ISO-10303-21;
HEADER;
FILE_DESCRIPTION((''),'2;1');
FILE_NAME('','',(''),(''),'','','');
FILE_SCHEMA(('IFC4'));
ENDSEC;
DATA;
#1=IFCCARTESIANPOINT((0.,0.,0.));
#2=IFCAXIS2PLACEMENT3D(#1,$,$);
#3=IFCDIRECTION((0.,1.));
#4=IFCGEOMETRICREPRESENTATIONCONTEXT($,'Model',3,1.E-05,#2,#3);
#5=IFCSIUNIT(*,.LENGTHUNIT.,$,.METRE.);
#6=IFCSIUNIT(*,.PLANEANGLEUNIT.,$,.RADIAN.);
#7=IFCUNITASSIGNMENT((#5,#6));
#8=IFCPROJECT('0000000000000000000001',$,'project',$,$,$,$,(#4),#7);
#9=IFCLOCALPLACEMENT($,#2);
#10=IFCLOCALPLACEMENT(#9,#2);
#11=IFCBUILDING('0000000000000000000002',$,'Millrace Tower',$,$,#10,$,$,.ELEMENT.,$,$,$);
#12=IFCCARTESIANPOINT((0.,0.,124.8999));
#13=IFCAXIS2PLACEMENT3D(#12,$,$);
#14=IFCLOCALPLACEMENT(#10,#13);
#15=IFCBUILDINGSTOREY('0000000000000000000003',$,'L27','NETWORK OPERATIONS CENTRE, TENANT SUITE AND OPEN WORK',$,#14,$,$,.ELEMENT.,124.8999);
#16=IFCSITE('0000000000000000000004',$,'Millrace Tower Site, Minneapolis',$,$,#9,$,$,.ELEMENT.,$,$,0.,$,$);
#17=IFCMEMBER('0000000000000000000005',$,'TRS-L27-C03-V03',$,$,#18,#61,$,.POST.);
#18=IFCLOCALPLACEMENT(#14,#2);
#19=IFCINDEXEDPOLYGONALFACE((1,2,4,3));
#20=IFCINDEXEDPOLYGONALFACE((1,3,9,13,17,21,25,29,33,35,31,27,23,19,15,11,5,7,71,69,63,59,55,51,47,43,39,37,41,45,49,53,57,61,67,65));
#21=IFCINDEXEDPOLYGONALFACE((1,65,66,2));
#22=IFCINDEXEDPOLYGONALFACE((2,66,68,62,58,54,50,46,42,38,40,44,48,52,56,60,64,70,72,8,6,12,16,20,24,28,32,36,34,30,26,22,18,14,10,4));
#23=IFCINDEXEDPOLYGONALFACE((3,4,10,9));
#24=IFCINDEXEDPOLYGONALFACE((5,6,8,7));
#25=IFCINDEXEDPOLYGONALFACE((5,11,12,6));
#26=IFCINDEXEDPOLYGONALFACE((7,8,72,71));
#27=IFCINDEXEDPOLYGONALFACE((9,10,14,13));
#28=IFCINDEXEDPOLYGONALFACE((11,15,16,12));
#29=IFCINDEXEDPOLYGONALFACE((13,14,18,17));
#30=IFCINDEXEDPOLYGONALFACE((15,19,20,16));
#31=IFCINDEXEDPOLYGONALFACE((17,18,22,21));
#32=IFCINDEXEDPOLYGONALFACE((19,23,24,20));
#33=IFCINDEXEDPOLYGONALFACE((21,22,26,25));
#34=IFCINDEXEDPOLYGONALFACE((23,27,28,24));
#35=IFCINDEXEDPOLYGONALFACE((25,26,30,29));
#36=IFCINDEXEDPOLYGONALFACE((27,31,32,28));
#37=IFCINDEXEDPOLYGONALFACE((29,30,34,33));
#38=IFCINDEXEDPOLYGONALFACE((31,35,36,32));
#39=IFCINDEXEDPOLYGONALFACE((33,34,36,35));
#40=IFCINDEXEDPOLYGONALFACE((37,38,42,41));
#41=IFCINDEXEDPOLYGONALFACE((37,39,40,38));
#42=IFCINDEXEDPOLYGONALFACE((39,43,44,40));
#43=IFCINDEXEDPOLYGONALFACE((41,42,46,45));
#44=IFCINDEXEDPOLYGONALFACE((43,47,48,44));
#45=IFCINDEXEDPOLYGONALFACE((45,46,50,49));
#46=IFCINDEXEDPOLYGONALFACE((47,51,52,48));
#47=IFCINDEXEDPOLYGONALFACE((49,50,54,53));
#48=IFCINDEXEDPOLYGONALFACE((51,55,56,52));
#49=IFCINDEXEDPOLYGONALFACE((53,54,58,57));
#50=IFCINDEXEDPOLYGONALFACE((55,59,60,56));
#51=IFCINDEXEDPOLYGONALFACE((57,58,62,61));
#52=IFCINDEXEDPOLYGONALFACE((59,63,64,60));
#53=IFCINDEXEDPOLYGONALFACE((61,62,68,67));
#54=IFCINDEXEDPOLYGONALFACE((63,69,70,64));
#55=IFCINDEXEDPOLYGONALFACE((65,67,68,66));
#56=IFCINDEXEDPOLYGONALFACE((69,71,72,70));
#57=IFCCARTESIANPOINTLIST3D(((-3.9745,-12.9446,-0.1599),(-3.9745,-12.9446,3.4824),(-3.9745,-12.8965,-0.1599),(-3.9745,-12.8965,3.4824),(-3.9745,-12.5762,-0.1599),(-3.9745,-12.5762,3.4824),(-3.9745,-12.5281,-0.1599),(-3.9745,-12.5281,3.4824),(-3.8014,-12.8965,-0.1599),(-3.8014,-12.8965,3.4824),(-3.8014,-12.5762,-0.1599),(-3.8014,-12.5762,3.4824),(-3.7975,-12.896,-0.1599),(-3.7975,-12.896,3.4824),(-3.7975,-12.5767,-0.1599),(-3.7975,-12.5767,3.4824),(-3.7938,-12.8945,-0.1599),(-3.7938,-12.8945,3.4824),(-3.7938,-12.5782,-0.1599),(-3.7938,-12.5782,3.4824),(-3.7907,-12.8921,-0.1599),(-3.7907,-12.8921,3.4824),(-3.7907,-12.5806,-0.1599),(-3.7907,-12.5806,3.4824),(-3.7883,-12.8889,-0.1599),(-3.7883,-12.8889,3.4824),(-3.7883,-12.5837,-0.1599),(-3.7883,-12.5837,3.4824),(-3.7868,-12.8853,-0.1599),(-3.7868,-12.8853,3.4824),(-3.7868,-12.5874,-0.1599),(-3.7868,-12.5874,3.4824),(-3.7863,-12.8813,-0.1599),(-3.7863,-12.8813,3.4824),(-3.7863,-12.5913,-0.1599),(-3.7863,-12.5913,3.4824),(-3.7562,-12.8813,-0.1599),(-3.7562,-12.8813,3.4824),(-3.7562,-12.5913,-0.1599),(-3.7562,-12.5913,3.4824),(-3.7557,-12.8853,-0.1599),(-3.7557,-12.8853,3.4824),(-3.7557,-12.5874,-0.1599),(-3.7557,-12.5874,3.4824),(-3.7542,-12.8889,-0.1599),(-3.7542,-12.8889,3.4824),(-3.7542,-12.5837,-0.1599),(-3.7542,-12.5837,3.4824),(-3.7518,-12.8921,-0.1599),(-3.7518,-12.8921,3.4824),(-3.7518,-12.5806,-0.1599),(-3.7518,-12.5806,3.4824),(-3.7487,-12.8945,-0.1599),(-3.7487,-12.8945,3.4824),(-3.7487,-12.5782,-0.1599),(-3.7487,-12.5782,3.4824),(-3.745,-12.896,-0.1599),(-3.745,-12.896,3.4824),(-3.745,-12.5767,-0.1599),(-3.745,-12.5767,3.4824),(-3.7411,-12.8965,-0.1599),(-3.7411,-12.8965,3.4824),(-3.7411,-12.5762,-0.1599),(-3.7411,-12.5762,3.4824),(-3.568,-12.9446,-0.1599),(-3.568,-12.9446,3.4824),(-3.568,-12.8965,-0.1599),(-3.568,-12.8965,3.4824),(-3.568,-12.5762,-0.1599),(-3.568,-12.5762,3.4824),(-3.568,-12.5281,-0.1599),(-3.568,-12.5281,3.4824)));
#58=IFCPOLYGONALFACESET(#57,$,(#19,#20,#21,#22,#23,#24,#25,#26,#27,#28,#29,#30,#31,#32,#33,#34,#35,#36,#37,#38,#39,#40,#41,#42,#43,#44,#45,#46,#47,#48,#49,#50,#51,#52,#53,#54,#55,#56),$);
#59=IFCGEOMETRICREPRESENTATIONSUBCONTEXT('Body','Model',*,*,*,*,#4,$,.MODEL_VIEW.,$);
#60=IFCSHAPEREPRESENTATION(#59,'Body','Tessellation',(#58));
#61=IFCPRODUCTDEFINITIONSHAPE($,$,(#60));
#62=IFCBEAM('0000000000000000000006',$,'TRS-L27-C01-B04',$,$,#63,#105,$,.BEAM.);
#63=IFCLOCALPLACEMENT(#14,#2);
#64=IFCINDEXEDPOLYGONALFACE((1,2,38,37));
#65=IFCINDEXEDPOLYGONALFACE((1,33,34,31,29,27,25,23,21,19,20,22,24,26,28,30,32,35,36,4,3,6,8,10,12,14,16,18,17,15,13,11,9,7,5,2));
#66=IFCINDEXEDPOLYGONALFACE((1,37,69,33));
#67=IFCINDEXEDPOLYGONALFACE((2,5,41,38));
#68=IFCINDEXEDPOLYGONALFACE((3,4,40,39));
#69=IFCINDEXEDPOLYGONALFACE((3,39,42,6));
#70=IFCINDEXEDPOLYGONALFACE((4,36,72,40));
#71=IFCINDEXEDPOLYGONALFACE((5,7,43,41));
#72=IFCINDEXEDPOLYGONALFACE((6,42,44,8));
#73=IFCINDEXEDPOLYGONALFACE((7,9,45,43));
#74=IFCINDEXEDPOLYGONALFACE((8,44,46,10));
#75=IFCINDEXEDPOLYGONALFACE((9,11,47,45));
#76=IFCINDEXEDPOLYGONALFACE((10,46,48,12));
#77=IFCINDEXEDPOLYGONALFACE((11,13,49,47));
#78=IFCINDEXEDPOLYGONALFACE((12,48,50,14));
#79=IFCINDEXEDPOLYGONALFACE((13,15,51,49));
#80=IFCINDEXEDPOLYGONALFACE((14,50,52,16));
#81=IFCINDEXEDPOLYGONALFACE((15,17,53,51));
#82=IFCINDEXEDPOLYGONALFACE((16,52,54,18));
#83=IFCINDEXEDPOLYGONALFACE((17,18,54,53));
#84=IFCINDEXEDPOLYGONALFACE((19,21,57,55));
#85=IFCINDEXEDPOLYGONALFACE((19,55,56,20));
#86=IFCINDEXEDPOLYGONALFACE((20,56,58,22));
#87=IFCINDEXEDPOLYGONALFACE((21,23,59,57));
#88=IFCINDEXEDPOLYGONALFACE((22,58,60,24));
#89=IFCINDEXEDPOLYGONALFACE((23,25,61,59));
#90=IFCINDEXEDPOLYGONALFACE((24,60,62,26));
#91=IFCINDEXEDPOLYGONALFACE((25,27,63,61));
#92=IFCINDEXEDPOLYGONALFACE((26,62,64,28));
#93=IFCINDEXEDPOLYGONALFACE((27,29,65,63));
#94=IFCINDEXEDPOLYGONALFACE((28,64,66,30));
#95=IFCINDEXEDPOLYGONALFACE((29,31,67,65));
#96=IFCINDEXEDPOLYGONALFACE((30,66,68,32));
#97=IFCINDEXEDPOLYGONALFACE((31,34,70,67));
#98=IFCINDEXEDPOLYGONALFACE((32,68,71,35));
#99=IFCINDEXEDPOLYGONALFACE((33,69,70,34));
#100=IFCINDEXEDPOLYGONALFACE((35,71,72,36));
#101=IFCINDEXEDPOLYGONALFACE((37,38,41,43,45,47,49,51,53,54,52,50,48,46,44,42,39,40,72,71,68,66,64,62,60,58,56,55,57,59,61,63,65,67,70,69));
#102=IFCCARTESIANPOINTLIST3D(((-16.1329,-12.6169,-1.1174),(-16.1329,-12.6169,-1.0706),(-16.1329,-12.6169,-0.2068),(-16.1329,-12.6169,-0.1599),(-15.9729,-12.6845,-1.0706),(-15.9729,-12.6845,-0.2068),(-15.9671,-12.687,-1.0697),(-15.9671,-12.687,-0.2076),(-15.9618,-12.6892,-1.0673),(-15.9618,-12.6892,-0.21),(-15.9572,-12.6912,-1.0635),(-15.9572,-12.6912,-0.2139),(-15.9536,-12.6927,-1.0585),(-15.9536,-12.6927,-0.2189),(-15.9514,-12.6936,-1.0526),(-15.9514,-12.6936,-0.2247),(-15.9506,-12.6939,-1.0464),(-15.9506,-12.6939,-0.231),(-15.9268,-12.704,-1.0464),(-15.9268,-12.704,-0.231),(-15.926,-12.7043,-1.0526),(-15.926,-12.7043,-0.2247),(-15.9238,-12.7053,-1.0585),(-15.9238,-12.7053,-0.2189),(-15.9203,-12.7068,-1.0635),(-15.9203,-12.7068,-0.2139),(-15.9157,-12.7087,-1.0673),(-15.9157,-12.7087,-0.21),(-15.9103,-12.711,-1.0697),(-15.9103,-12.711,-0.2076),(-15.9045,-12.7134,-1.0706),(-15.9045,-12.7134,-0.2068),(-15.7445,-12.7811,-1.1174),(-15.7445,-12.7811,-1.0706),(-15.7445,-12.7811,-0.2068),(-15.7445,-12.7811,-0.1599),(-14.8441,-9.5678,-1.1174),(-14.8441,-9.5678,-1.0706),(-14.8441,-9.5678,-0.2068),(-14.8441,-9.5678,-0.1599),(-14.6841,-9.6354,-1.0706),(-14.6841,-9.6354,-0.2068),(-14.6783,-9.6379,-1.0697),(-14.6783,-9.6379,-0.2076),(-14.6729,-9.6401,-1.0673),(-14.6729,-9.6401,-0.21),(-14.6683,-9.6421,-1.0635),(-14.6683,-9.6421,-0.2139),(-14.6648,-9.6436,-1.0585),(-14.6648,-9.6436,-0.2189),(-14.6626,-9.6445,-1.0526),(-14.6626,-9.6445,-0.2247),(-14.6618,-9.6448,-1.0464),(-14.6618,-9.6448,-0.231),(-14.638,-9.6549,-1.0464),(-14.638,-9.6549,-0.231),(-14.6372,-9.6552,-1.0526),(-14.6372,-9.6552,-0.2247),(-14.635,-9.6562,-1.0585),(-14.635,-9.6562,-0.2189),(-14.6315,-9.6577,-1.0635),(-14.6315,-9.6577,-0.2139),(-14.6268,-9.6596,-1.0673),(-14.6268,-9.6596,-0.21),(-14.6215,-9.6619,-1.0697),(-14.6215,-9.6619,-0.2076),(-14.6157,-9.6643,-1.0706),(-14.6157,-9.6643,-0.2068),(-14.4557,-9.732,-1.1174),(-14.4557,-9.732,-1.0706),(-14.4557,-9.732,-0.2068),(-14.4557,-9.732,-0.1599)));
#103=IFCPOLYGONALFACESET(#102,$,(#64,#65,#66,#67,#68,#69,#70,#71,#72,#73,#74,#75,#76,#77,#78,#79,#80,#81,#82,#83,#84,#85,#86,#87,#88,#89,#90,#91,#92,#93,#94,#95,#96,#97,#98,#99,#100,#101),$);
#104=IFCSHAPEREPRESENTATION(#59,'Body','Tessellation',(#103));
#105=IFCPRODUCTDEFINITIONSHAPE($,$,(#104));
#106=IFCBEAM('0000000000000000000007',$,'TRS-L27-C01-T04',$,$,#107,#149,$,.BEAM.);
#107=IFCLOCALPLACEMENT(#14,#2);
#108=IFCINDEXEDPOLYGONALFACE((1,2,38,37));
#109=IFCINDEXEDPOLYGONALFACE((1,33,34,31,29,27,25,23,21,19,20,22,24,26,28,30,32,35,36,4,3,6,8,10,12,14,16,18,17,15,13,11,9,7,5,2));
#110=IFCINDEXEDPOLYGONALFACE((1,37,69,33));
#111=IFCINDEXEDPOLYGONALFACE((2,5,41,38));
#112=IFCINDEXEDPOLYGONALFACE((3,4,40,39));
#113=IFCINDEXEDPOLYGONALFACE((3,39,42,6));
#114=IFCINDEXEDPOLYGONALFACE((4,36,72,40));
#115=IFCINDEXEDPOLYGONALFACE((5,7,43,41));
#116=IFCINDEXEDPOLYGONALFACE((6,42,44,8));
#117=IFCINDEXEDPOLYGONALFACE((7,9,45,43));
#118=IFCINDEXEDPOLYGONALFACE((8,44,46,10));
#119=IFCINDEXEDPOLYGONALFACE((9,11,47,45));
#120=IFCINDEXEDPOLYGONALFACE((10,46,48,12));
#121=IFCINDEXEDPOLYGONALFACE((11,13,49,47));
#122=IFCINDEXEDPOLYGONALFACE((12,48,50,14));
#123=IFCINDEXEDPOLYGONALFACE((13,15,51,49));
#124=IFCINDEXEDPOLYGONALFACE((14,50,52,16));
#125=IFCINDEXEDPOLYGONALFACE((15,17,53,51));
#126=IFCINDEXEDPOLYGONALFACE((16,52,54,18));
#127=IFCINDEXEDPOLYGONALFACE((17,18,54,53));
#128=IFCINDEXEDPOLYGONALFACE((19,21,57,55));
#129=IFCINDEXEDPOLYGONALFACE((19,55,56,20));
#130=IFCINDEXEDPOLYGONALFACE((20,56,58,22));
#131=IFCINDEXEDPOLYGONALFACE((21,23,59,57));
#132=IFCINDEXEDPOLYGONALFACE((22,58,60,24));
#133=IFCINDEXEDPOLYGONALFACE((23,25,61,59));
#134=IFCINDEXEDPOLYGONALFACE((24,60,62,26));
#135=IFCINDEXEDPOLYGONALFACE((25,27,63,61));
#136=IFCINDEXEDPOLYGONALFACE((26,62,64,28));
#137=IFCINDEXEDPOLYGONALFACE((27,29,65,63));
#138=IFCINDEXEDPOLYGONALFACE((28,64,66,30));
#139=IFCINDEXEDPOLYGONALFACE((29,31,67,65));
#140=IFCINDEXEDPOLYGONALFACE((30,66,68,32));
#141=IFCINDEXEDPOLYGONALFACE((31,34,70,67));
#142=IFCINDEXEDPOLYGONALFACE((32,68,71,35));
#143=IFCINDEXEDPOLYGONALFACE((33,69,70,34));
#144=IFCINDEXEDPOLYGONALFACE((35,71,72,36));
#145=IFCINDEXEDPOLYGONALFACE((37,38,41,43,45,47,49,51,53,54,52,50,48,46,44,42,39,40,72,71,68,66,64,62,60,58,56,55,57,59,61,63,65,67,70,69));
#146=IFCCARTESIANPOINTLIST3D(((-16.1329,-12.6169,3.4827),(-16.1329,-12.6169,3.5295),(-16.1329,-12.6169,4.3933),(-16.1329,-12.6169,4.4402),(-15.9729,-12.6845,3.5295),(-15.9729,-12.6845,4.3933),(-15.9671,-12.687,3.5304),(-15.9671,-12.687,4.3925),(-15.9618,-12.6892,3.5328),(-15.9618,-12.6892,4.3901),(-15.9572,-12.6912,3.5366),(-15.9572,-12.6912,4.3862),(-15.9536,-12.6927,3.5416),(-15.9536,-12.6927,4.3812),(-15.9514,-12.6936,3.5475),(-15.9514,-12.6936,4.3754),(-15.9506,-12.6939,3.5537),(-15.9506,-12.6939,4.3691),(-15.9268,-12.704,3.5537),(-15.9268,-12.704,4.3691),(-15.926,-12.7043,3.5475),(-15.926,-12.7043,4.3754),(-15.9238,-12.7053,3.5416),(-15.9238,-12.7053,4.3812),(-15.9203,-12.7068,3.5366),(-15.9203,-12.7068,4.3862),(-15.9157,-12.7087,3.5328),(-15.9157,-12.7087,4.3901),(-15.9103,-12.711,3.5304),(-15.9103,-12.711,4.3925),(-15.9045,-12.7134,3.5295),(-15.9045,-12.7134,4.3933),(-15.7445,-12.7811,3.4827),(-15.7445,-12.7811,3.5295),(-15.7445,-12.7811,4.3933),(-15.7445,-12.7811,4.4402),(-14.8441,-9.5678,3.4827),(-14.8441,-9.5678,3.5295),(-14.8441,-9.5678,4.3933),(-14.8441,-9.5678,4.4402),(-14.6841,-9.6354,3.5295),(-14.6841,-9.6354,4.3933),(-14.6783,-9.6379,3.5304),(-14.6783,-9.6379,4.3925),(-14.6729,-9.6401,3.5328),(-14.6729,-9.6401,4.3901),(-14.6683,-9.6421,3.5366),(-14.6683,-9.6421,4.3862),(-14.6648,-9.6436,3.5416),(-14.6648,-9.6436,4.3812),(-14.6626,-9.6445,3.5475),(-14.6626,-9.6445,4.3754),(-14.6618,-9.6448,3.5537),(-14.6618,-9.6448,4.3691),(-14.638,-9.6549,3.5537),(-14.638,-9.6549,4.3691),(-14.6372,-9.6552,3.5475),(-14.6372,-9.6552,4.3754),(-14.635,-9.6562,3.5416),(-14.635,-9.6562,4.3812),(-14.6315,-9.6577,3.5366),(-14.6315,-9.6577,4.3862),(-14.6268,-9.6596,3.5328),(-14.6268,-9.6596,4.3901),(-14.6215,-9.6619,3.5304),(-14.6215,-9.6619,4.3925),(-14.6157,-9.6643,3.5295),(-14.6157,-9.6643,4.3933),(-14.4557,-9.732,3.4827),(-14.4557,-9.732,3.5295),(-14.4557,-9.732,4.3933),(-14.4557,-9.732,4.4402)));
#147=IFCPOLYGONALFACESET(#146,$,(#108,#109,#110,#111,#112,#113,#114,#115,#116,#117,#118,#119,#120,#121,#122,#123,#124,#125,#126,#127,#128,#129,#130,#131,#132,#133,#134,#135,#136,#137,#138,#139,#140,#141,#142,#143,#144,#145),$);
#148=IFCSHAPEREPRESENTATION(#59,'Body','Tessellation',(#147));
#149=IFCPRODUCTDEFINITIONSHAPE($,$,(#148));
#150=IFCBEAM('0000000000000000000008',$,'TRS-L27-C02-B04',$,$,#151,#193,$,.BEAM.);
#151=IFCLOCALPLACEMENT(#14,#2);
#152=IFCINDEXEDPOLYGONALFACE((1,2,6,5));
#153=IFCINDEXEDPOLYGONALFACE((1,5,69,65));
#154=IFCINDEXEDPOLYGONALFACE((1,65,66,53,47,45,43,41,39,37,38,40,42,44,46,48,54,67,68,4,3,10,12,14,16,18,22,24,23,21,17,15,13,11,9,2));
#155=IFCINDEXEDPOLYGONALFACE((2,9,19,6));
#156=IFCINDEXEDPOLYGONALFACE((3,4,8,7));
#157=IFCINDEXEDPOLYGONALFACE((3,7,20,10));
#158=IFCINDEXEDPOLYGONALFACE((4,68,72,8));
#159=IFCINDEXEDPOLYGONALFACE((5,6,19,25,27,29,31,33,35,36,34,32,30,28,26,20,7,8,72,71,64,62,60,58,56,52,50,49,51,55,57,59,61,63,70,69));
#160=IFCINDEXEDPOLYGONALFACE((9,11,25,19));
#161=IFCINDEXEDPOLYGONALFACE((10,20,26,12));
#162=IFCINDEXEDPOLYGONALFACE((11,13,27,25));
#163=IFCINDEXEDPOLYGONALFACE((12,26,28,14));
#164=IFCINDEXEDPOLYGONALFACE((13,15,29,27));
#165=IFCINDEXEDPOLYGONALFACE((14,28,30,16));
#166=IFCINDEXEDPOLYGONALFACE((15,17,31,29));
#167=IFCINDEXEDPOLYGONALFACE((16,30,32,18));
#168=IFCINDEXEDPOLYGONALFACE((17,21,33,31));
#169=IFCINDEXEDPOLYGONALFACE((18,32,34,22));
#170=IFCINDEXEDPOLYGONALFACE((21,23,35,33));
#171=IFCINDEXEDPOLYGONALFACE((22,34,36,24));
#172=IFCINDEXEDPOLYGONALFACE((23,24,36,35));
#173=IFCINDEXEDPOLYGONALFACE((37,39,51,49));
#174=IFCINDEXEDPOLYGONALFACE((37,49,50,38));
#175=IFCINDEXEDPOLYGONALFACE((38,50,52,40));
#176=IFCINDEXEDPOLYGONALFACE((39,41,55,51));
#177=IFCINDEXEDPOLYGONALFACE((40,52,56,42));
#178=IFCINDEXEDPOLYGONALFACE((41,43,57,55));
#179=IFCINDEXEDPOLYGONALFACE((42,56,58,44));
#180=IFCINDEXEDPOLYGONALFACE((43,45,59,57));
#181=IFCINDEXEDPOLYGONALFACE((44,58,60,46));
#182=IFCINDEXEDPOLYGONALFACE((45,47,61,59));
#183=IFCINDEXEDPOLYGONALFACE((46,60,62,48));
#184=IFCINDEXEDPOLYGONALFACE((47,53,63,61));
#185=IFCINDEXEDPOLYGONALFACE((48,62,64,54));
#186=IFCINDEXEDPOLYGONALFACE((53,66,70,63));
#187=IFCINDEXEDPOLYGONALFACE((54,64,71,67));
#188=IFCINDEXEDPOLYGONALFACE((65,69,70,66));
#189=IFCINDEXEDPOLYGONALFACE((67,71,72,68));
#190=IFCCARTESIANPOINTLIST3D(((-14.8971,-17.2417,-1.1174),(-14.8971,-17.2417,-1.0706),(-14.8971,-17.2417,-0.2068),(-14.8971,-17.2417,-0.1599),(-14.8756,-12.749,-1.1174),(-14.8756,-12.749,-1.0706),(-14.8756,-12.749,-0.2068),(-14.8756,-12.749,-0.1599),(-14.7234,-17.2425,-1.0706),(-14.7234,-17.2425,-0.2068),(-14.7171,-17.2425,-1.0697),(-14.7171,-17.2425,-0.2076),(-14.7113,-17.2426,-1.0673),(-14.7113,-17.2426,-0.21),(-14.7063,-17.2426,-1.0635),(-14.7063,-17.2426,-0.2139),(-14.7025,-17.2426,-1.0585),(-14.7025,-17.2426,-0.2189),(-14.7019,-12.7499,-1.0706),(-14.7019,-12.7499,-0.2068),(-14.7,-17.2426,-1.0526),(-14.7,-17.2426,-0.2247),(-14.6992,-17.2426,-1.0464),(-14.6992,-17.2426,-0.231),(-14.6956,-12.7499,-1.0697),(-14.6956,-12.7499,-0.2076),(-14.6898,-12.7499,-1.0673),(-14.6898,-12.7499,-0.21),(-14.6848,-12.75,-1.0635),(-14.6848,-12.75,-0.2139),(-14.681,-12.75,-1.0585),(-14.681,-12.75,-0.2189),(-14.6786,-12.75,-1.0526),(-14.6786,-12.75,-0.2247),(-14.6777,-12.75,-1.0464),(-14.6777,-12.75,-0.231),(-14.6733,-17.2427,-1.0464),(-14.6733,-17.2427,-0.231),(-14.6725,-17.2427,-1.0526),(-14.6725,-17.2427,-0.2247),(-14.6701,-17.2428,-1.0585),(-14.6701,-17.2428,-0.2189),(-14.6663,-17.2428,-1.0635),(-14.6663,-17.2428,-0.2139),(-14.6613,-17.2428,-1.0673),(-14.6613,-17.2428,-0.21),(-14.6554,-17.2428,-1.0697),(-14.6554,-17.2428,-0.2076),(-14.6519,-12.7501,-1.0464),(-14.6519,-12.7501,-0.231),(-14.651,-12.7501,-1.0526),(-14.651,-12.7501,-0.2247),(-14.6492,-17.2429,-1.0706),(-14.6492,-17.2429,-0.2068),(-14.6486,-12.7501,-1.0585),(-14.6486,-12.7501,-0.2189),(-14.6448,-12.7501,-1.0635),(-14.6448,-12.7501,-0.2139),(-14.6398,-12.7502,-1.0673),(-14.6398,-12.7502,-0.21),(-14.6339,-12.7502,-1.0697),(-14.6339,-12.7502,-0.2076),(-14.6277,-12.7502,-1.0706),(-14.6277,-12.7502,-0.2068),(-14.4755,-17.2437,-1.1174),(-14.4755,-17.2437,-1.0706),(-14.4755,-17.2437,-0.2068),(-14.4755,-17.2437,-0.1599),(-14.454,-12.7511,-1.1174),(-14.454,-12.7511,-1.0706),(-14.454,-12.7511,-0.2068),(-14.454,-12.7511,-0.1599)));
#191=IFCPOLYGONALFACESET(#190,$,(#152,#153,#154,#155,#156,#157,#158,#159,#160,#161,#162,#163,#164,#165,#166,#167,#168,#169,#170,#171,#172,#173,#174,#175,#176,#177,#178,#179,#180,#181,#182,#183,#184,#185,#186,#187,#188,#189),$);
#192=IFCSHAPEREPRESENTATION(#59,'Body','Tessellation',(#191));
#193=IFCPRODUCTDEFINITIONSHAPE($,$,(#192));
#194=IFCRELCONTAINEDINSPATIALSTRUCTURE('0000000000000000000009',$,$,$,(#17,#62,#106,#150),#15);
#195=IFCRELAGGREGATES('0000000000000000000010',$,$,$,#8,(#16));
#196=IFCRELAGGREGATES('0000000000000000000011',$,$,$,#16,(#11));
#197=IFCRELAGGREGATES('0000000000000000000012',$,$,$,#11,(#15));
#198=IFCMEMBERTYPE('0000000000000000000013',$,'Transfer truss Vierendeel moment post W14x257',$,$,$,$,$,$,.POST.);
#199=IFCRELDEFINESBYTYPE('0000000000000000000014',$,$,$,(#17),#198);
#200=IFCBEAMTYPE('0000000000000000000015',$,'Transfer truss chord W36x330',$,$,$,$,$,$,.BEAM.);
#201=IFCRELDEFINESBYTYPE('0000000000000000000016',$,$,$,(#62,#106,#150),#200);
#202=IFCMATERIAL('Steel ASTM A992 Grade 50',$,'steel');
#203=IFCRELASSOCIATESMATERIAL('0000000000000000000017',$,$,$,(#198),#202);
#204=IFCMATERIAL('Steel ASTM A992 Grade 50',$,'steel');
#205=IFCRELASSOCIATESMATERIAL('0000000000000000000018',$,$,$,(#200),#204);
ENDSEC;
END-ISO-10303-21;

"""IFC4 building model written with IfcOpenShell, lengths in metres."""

from ifc_helpers import new_model, si_unit, direction, frame, origin, origin_2d, place, context, subcontext, project, spatial, i_section, extrude, material, material_profile, profile_set, type_object, element, save


model = new_model("IFC4")

# Units and contexts
model_context = context("Model", 3, precision=1e-05, world=origin(), true_north=direction((0.0, 1.0)))
body_context = subcontext(model_context, "Body", "Model", "MODEL_VIEW")
ifc_project = project(units=[si_unit("LENGTHUNIT", "METRE"), si_unit("PLANEANGLEUNIT", "RADIAN")], contexts=[model_context])

# Site, building, storey
site_placement = place(None, origin())
site = spatial("IfcSite", under=ifc_project, at=site_placement, Name="Millrace Tower Site, Minneapolis", CompositionType="ELEMENT", RefElevation=0.0)
building_placement = place(site_placement, origin())
building = spatial("IfcBuilding", under=site, at=building_placement, Name="Millrace Tower", CompositionType="ELEMENT")
storey_placement = place(building_placement, frame((0.0, 0.0, 124.8999)))
storey = spatial("IfcBuildingStorey", under=building, at=storey_placement, Name="L27", Description="NETWORK OPERATIONS CENTRE, TENANT SUITE AND OPEN WORK", CompositionType="ELEMENT", Elevation=124.8999)

# Member
ifc_material_1 = material(Name="Steel ASTM A992 Grade 50", Category="steel")
ifc_material_profile_1 = material_profile(ifc_material_1, i_section(OverallWidth=0.4065, OverallDepth=0.4165, WebThickness=0.03, FlangeThickness=0.0481, FilletRadius=0.0151, at=origin_2d()))
ifc_profile_set_1 = profile_set([ifc_material_profile_1], Name="Steel ASTM A992 Grade 50")
member_type = type_object("IfcMemberType", Name="Transfer truss Vierendeel moment post W14x257", PredefinedType="POST", material=ifc_profile_set_1)
for number, where, z_axis, x_axis, name in (
    (1, (-3.7712, -12.7363, -0.1599), (0.0, 0.0, 1.0), (1.0, 0.0, 0.0), "TRS-L27-C03-V03"),
):
    element("IfcMember", number, at=place(storey_placement, frame(where, z_axis=z_axis, x_axis=x_axis)), inside=storey, type_object=member_type, Name=name, PredefinedType="POST", context=body_context, shape_type="SweptSolid", body=[
        extrude(i_section(OverallWidth=0.4065, OverallDepth=0.4165, WebThickness=0.03, FlangeThickness=0.0481, FilletRadius=0.0151, at=origin_2d()), origin(), (0.0, 0.0, 1.0), 3.6423),
    ])

# Beams
ifc_material_2 = material(Name="Steel ASTM A992 Grade 50", Category="steel")
ifc_material_profile_2 = material_profile(ifc_material_2, i_section(OverallWidth=0.4216, OverallDepth=0.9575, WebThickness=0.0259, FlangeThickness=0.0469, FilletRadius=0.0242, at=origin_2d()))
ifc_profile_set_2 = profile_set([ifc_material_profile_2], Name="Steel ASTM A992 Grade 50")
beam_type_1 = type_object("IfcBeamType", Name="Transfer truss chord W36x330", PredefinedType="BEAM", material=ifc_profile_set_2)
for number, where, z_axis, x_axis, name in (
    (2, (-15.9387, -12.699, -0.6387), (0.389339, 0.921094, 0.0), (-0.921094, 0.389339, 0.0), "TRS-L27-C01-B04"),
    (3, (-15.9387, -12.699, 3.9614), (0.389339, 0.921094, 0.0), (-0.921094, 0.389339, 0.0), "TRS-L27-C01-T04"),
):
    element("IfcBeam", number, at=place(storey_placement, frame(where, z_axis=z_axis, x_axis=x_axis)), inside=storey, type_object=beam_type_1, Name=name, PredefinedType="BEAM", context=body_context, shape_type="SweptSolid", body=[
        extrude(i_section(OverallWidth=0.4216, OverallDepth=0.9575, WebThickness=0.0259, FlangeThickness=0.0469, FilletRadius=0.0242, at=origin_2d()), origin(), (0.0, 0.0, 1.0), 3.3103),
    ])
for number, where, z_axis, x_axis, name in (
    (4, (-14.6863, -17.2427, -0.6387), (0.004782, 0.999989, 0.0), (-0.999989, 0.004782, 0.0), "TRS-L27-C02-B04"),
):
    element("IfcBeam", number, at=place(storey_placement, frame(where, z_axis=z_axis, x_axis=x_axis)), inside=storey, type_object=beam_type_1, Name=name, PredefinedType="BEAM", context=body_context, shape_type="SweptSolid", body=[
        extrude(i_section(OverallWidth=0.4216, OverallDepth=0.9575, WebThickness=0.0259, FlangeThickness=0.0469, FilletRadius=0.0242, at=origin_2d()), origin(), (0.0, 0.0, 1.0), 4.4927),
    ])

save(model, "model.ifc")
